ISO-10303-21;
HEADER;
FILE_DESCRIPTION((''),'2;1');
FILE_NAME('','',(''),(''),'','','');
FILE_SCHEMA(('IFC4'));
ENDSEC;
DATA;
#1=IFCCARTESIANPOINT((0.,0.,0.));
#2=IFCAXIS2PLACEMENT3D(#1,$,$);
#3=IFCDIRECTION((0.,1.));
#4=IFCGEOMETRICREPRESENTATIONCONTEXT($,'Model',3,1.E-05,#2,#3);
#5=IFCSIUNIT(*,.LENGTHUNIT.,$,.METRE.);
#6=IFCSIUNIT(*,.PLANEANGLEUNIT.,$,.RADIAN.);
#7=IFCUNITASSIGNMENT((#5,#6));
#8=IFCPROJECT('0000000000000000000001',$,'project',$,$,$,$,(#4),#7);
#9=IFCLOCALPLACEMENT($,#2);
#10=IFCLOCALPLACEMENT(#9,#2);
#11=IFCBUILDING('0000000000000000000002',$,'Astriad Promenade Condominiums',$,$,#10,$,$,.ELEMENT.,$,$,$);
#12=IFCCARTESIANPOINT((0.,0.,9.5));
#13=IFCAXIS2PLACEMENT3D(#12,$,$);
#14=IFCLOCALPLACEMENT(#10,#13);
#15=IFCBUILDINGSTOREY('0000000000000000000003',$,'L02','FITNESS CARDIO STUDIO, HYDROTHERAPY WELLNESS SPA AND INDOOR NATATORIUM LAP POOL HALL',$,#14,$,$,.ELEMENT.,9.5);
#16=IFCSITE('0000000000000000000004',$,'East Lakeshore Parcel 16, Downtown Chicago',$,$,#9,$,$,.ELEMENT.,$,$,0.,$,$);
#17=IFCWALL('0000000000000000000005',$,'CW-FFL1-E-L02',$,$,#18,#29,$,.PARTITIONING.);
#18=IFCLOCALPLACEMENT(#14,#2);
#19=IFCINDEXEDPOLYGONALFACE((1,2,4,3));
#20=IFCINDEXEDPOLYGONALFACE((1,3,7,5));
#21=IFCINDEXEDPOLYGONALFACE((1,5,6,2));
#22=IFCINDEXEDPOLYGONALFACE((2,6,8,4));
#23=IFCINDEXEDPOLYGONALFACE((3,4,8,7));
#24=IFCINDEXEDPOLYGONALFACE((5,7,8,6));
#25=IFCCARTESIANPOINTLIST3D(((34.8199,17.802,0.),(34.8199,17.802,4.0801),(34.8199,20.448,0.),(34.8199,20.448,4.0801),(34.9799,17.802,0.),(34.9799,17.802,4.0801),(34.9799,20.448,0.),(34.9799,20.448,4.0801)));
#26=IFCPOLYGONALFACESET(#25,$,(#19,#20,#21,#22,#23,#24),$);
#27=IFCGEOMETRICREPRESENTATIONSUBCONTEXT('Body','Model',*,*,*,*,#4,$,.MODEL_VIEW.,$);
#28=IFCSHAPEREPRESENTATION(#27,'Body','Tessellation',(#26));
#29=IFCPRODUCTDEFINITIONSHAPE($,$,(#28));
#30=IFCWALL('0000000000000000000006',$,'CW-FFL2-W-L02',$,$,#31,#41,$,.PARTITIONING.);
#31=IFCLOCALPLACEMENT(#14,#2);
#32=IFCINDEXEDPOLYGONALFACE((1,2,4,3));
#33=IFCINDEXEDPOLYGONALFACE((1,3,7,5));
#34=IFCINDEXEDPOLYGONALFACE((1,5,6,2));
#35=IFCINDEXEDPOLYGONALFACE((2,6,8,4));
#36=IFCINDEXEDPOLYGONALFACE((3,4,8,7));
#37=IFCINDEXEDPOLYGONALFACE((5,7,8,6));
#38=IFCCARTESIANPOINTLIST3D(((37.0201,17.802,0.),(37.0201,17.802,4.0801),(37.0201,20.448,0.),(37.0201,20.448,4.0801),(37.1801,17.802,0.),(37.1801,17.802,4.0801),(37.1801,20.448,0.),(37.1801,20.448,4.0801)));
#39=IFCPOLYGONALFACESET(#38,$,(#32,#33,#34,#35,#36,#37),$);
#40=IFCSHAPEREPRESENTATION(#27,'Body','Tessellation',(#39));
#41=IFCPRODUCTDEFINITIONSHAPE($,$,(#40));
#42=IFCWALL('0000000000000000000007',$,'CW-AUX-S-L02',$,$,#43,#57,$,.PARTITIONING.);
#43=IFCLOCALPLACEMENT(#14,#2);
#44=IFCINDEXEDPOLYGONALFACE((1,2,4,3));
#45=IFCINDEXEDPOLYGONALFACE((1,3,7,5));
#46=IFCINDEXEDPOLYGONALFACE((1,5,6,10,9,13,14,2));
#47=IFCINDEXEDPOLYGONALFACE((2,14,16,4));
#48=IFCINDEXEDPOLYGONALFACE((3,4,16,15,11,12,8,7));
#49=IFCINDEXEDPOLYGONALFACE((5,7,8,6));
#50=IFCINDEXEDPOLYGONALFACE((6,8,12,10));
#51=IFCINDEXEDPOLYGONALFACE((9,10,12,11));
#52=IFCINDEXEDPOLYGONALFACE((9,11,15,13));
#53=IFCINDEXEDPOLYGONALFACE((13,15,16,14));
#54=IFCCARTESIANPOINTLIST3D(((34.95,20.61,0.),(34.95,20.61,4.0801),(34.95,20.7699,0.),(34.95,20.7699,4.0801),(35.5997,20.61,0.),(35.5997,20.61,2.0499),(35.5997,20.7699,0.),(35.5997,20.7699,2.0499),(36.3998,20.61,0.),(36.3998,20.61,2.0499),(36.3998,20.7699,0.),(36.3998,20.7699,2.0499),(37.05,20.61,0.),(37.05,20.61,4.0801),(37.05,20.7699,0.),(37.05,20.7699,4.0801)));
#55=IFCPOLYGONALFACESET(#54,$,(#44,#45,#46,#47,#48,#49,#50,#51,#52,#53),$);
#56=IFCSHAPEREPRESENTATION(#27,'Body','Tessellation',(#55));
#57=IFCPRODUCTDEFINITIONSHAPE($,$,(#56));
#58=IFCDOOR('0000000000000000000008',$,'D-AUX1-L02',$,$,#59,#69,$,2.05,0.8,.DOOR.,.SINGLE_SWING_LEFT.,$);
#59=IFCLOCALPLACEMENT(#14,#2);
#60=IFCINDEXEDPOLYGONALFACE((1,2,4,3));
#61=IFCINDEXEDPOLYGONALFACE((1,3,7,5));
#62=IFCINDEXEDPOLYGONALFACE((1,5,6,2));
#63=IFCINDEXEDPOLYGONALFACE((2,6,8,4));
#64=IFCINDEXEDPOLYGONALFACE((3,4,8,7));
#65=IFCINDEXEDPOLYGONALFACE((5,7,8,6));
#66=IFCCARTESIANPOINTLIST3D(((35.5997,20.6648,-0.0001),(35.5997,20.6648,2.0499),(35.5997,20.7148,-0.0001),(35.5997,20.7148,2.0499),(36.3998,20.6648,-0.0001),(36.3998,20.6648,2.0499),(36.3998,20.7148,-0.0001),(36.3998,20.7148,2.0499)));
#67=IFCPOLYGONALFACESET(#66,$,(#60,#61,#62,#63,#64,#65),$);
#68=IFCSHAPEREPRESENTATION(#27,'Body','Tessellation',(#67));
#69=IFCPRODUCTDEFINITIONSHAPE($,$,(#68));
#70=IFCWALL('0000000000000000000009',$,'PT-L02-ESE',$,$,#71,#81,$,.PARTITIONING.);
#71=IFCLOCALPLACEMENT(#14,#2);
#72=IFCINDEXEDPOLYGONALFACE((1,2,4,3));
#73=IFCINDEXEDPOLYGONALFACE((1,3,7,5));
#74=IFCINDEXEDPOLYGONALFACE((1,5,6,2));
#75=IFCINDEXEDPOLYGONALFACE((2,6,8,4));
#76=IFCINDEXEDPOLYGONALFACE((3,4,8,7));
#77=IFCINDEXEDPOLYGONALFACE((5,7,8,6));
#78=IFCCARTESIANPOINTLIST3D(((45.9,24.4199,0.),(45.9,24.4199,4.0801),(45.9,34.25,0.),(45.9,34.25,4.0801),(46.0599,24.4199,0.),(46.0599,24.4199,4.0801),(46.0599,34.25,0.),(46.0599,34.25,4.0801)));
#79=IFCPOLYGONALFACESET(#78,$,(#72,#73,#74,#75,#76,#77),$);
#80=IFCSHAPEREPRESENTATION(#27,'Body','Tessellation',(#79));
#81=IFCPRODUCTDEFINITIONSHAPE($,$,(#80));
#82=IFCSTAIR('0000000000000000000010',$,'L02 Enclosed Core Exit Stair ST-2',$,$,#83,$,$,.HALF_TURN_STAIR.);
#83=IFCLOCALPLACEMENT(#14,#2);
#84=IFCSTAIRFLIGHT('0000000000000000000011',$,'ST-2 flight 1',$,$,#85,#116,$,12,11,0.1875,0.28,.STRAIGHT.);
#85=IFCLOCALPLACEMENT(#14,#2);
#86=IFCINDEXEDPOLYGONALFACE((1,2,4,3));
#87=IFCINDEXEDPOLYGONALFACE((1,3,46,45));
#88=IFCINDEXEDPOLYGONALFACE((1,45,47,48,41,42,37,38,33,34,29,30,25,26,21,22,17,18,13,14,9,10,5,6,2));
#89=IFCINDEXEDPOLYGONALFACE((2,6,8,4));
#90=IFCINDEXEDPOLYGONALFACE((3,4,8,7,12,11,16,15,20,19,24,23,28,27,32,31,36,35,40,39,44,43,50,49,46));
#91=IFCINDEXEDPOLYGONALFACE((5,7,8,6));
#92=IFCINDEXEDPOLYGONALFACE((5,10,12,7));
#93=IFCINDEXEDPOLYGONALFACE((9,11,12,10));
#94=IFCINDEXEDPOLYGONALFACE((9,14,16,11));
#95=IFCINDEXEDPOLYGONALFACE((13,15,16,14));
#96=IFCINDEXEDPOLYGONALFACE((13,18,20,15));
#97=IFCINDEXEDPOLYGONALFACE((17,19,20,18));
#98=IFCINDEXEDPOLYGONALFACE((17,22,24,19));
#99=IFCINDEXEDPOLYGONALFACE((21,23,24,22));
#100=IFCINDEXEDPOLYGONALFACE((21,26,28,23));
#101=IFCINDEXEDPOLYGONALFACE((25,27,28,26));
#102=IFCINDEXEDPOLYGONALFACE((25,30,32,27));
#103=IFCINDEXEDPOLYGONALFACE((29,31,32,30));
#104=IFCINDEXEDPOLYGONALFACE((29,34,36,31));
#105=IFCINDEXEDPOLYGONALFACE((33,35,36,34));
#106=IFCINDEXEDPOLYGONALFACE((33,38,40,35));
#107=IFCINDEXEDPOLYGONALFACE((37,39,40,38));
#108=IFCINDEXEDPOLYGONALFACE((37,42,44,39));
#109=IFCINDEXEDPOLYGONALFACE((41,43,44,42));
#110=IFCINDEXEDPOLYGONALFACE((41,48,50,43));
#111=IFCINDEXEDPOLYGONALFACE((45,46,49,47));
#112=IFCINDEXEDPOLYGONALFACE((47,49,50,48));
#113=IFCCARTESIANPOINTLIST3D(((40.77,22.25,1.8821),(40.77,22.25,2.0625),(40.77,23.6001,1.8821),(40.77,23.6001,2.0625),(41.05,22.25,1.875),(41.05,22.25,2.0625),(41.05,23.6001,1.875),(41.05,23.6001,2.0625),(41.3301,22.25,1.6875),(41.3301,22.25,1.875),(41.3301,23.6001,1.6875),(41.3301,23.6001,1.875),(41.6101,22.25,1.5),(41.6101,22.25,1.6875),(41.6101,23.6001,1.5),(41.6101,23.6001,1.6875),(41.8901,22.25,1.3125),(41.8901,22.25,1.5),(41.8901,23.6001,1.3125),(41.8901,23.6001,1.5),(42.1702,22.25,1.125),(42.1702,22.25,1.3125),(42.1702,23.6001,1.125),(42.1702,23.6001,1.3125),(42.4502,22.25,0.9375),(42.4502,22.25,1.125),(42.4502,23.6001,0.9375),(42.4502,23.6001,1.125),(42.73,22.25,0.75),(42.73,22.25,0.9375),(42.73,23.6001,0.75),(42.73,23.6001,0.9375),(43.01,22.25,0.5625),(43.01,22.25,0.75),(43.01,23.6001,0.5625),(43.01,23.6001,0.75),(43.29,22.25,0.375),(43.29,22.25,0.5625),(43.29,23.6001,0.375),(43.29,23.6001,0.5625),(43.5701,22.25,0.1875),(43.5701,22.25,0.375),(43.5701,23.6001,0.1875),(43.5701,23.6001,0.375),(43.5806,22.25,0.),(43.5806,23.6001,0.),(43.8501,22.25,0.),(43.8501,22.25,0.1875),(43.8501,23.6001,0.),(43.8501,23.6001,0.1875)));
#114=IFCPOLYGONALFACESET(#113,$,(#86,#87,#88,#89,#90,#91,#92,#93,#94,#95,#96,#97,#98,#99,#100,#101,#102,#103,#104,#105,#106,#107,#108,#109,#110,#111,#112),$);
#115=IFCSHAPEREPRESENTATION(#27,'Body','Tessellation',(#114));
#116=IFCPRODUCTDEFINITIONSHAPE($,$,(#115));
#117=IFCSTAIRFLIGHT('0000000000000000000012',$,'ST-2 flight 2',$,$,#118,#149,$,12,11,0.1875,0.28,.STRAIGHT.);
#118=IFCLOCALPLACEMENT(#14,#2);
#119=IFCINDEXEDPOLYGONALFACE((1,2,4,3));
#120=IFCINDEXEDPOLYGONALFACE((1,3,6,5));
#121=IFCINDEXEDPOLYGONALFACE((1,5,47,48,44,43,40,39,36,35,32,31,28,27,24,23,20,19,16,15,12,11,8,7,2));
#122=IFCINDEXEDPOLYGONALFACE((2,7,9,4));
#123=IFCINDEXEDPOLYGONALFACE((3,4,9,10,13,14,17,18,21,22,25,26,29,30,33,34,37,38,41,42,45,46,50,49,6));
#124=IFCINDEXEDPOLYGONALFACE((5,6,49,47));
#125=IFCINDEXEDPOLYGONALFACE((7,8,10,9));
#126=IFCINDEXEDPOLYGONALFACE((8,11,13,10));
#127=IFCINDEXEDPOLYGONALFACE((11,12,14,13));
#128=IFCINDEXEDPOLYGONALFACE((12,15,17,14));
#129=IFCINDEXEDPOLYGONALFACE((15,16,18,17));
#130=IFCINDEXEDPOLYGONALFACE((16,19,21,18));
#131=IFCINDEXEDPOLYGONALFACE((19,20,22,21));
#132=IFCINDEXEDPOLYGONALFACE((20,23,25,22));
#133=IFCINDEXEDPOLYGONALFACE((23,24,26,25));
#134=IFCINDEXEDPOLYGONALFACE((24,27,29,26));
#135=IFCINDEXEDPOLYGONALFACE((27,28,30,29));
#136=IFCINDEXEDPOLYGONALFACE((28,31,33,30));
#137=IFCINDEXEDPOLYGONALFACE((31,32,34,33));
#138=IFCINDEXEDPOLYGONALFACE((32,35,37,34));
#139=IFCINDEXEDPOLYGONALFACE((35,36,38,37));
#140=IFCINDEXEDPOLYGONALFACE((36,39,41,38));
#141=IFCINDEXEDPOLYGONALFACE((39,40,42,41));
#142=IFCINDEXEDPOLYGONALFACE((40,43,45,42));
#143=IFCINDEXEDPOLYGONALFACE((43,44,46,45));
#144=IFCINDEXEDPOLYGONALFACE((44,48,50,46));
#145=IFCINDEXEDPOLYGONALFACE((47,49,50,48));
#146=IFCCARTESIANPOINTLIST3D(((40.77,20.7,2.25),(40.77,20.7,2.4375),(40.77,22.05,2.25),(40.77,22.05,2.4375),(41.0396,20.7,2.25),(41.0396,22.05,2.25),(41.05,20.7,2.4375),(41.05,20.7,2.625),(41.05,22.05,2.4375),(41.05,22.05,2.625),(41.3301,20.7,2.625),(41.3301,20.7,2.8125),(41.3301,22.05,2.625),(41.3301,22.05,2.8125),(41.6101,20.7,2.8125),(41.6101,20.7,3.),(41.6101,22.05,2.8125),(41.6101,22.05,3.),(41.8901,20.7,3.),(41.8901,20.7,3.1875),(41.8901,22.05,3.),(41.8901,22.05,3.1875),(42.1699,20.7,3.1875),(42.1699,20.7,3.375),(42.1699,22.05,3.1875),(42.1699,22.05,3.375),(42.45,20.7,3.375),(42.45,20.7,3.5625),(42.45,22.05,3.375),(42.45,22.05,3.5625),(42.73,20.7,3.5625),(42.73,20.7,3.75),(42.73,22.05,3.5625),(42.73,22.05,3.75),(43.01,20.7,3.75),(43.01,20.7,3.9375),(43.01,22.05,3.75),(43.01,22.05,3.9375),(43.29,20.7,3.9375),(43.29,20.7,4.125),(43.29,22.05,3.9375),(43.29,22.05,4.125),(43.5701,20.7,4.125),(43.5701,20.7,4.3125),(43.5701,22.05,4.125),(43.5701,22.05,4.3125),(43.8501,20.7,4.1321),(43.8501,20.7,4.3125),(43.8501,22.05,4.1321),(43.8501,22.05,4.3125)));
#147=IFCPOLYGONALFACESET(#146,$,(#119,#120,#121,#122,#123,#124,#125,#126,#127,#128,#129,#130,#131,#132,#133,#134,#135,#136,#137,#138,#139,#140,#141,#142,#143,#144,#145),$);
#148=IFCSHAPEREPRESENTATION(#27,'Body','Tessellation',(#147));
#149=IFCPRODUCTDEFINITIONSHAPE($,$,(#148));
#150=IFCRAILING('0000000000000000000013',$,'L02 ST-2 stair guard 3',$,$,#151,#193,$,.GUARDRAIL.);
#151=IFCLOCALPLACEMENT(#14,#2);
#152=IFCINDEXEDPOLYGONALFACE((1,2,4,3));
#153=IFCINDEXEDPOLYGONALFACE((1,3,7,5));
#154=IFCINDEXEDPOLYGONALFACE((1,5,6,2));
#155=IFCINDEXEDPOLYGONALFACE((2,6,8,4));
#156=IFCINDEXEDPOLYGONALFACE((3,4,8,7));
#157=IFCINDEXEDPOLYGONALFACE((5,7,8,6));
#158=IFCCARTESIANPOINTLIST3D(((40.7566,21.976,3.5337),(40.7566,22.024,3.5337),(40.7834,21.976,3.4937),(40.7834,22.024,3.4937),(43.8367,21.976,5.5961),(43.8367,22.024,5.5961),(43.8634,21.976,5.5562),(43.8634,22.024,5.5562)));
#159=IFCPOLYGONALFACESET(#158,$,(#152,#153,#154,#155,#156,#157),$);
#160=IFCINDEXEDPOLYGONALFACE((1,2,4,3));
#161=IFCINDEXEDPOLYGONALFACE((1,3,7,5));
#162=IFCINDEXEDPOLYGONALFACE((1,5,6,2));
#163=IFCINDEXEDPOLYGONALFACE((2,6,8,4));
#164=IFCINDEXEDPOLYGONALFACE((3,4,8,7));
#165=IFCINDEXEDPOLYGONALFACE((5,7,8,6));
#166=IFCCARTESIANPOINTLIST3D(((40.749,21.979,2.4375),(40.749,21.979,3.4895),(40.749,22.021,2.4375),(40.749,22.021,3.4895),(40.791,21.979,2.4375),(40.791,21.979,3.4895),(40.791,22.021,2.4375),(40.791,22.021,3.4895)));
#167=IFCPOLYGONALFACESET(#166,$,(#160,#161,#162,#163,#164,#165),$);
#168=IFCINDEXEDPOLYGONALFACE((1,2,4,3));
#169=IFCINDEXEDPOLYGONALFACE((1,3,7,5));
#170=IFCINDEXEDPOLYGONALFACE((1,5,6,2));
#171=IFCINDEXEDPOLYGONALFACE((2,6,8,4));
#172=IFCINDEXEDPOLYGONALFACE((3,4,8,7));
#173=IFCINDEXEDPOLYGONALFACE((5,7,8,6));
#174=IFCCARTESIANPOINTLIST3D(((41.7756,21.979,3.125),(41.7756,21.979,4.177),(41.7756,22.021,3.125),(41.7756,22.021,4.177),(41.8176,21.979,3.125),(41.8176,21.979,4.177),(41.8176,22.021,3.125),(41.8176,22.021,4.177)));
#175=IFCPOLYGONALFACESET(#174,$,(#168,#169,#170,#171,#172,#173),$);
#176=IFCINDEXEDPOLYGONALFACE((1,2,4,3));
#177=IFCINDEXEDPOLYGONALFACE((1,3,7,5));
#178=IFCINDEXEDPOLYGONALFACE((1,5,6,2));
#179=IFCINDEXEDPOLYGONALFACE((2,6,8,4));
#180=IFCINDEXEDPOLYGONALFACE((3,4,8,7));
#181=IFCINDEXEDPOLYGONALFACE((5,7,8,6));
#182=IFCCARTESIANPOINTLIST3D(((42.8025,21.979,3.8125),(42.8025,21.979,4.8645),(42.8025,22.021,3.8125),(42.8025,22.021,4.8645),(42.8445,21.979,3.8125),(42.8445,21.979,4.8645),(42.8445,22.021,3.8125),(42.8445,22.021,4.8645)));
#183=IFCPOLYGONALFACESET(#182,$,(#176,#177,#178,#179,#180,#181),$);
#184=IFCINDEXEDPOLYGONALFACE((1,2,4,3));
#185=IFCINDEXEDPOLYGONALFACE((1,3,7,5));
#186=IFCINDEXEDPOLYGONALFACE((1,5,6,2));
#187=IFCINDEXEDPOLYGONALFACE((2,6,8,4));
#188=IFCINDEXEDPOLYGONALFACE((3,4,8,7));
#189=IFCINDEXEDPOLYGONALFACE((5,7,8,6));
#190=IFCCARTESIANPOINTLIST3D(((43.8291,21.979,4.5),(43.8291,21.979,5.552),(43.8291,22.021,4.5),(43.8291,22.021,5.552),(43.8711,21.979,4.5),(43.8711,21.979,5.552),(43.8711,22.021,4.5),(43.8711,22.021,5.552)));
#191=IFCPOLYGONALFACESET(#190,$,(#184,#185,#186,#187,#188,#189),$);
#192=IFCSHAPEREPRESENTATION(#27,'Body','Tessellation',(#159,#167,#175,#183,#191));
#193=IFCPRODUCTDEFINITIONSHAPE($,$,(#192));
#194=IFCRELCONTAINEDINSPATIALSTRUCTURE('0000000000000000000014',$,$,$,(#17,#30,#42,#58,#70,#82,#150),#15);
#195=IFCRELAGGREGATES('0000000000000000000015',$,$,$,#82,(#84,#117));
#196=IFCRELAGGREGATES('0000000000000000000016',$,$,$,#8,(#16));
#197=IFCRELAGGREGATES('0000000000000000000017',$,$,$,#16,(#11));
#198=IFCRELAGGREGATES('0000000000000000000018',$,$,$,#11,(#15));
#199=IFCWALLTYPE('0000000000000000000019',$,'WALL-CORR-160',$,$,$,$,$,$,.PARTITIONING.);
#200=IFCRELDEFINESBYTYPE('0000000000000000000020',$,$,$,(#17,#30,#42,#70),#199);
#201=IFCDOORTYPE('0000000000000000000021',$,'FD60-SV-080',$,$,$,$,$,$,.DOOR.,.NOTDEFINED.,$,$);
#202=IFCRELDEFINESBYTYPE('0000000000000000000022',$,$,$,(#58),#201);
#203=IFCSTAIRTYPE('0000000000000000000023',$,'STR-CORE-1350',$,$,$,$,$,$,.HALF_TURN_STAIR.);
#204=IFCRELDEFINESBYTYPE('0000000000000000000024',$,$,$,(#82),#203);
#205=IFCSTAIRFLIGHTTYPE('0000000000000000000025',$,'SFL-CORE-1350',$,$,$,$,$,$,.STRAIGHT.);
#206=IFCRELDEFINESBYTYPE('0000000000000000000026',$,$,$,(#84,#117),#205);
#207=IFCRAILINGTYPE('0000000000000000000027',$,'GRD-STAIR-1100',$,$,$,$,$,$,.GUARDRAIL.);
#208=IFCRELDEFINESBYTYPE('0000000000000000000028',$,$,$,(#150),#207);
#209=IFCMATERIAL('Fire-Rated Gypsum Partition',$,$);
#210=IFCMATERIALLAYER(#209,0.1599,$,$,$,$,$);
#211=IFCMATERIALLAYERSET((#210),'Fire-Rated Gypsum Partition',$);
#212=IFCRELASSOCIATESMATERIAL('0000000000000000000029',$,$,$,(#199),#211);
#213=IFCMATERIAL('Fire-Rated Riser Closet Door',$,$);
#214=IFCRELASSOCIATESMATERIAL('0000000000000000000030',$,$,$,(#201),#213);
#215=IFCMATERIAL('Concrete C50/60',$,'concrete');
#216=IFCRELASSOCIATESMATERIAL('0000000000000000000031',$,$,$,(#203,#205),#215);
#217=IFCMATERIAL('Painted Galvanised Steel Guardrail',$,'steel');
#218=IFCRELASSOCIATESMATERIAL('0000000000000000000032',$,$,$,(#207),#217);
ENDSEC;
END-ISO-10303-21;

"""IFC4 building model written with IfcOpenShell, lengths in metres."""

from ifc_helpers import new_model, si_unit, direction, frame, frame_2d, origin, origin_2d, place, context, subcontext, project, spatial, polyline, rectangle, outline, extrude, source, transform, mapped, material, layer, layer_set, type_object, type_shapes, element, fill, aggregate, save


model = new_model("IFC4")

# Units and contexts
model_context = context("Model", 3, precision=1e-05, world=origin(), true_north=direction((0.0, 1.0)))
body_context = subcontext(model_context, "Body", "Model", "MODEL_VIEW")
ifc_project = project(units=[si_unit("LENGTHUNIT", "METRE"), si_unit("PLANEANGLEUNIT", "RADIAN")], contexts=[model_context])

# Site, building, storey
site_placement = place(None, origin())
site = spatial("IfcSite", under=ifc_project, at=site_placement, Name="East Lakeshore Parcel 16, Downtown Chicago", CompositionType="ELEMENT", RefElevation=0.0)
building_placement = place(site_placement, origin())
building = spatial("IfcBuilding", under=site, at=building_placement, Name="Astriad Promenade Condominiums", CompositionType="ELEMENT")
storey_placement = place(building_placement, frame((0.0, 0.0, 9.5)))
storey = spatial("IfcBuildingStorey", under=building, at=storey_placement, Name="L02", Description="FITNESS CARDIO STUDIO, HYDROTHERAPY WELLNESS SPA AND INDOOR NATATORIUM LAP POOL HALL", CompositionType="ELEMENT", Elevation=9.5)

# Shared definitions
ifc_material_1 = material(Name="Concrete C50/60", Category="concrete")

# Walls
ifc_material_2 = material(Name="Fire-Rated Gypsum Partition")
ifc_layer_1 = layer(ifc_material_2, 0.1599)
ifc_layer_set_1 = layer_set([ifc_layer_1], Name="Fire-Rated Gypsum Partition")
wall_type_1 = type_object("IfcWallType", Name="WALL-CORR-160", PredefinedType="PARTITIONING", material=ifc_layer_set_1)
for number, where, z_axis, x_axis, name in (
    (1, (34.8999, 17.802, 0.0), (0.0, 0.0, 1.0), (0.0, 1.0, 0.0), "CW-FFL1-E-L02"),
    (2, (37.1001, 17.802, 0.0), (0.0, 0.0, 1.0), (0.0, 1.0, 0.0), "CW-FFL2-W-L02"),
):
    element("IfcWall", number, at=place(storey_placement, frame(where, z_axis=z_axis, x_axis=x_axis)), inside=storey, type_object=wall_type_1, Name=name, PredefinedType="PARTITIONING", context=body_context, shape_type="SweptSolid", body=[
        extrude(rectangle(XDim=2.646, YDim=0.1599, at=frame_2d((1.323, 0.0))), origin(), (0.0, 0.0, 1.0), 4.0801),
    ])

# Wall, opening, door
wall_1_placement = place(storey_placement, frame((34.95, 20.6899, 0.0), z_axis=(0.0, 0.0, 1.0), x_axis=(1.0, 0.0, 0.0)))
wall_1 = element("IfcWall", 3, at=wall_1_placement, inside=storey, type_object=wall_type_1, Name="CW-AUX-S-L02", PredefinedType="PARTITIONING", context=body_context, shape_type="SweptSolid", body=[
    extrude(rectangle(XDim=2.1001, YDim=0.1599, at=frame_2d((1.05, 0.0))), origin(), (0.0, 0.0, 1.0), 4.0801),
])
opening_1_placement = place(wall_1_placement, frame((0.6499, 0.0, 0.0)))
opening_1 = element("IfcOpeningElement", 4, at=opening_1_placement, cuts=wall_1, PredefinedType="OPENING", context=body_context, shape_type="SweptSolid", body=[
    extrude(rectangle(XDim=0.8, YDim=2.05, at=frame_2d((0.3999, 1.0249))), frame((0.0, 0.0898, 0.0), z_axis=(0.0, -1.0, 0.0), x_axis=(1.0, 0.0, 0.0)), (0.0, 0.0, 1.0), 0.1799),
])
ifc_material_3 = material(Name="Fire-Rated Riser Closet Door")
door_type_1 = type_object("IfcDoorType", Name="FD60-SV-080", OperationType="NOTDEFINED", PredefinedType="DOOR", material=ifc_material_3)
shared_shape_1 = source(origin(), body_context, "Body", "SweptSolid", [
    extrude(rectangle(XDim=0.8, YDim=2.05, at=frame_2d((0.3999, 1.0249))), frame((0.0, 0.0249, 0.0), z_axis=(0.0, -1.0, 0.0), x_axis=(1.0, 0.0, 0.0)), (0.0, 0.0, 1.0), 0.05),
])
type_shapes(door_type_1, [shared_shape_1])
door_1_placement = place(opening_1_placement, origin())
door_1 = element("IfcDoor", 5, at=door_1_placement, inside=storey, type_object=door_type_1, Name="D-AUX1-L02", OperationType="SINGLE_SWING_LEFT", OverallHeight=2.05, OverallWidth=0.8, PredefinedType="DOOR", context=body_context, shape_type="MappedRepresentation", body=[
    mapped(shared_shape_1, transform((0.0, 0.0, 0.0), scale=1.0)),
])
fill(opening_1, door_1)

# Wall
wall_2_placement = place(storey_placement, frame((45.98, 24.4199, 0.0), z_axis=(0.0, 0.0, 1.0), x_axis=(0.0, 1.0, 0.0)))
element("IfcWall", 6, at=wall_2_placement, inside=storey, type_object=wall_type_1, Name="PT-L02-ESE", PredefinedType="PARTITIONING", context=body_context, shape_type="SweptSolid", body=[
    extrude(rectangle(XDim=9.8301, YDim=0.1599, at=frame_2d((4.915, 0.0))), origin(), (0.0, 0.0, 1.0), 4.0801),
])

# Stair, stair flights
stair_type = type_object("IfcStairType", Name="STR-CORE-1350", PredefinedType="HALF_TURN_STAIR", material=ifc_material_1)
stair_placement = place(storey_placement, origin())
stair = element("IfcStair", 7, at=stair_placement, inside=storey, type_object=stair_type, Name="L02 Enclosed Core Exit Stair ST-2", PredefinedType="HALF_TURN_STAIR")
stair_flight_type = type_object("IfcStairFlightType", Name="SFL-CORE-1350", PredefinedType="STRAIGHT", material=ifc_material_1)
shared_shape_2 = source(origin(), body_context, "Body", "SweptSolid", [
    extrude(outline(polyline([(0.0, 0.0), (0.0, 0.1875), (0.28, 0.1875), (0.28, 0.375), (0.5601, 0.375), (0.5601, 0.5625), (0.8401, 0.5625), (0.8401, 0.75), (1.1201, 0.75), (1.1201, 0.9375), (1.3999, 0.9375), (1.3999, 1.125), (1.6799, 1.125), (1.6799, 1.3125), (1.96, 1.3125), (1.96, 1.5), (2.24, 1.5), (2.24, 1.6875), (2.52, 1.6875), (2.52, 1.875), (2.8, 1.875), (2.8, 2.0625), (3.0801, 2.0625), (3.0801, 2.25), (3.0801, 1.8821), (0.2695, 0.0), (0.0, 0.0)])), frame((0.0, 0.675, 0.0), z_axis=(0.0, -1.0, 0.0), x_axis=(1.0, 0.0, 0.0)), (0.0, 0.0, 1.0), 1.3501),
])
type_shapes(stair_flight_type, [shared_shape_2])
stair_flight_1_placement = place(storey_placement, frame((43.8501, 22.925, 0.0), z_axis=(0.0, 0.0, 1.0), x_axis=(-1.0, 0.0, 0.0)))
stair_flight_1 = element("IfcStairFlight", 8, at=stair_flight_1_placement, type_object=stair_flight_type, Name="ST-2 flight 1", NumberOfRisers=12, NumberOfTreads=11, PredefinedType="STRAIGHT", RiserHeight=0.1875, TreadLength=0.28, context=body_context, shape_type="MappedRepresentation", body=[
    mapped(shared_shape_2, transform((0.0, 0.0, 0.0), scale=1.0)),
])
stair_flight_2_placement = place(storey_placement, frame((40.77, 21.375, 2.25), z_axis=(0.0, 0.0, 1.0), x_axis=(1.0, 0.0, 0.0)))
stair_flight_2 = element("IfcStairFlight", 9, at=stair_flight_2_placement, type_object=stair_flight_type, Name="ST-2 flight 2", NumberOfRisers=12, NumberOfTreads=11, PredefinedType="STRAIGHT", RiserHeight=0.1875, TreadLength=0.28, context=body_context, shape_type="MappedRepresentation", body=[
    mapped(shared_shape_2, transform((0.0, 0.0, 0.0), scale=1.0)),
])
aggregate(stair, [stair_flight_1, stair_flight_2])

# Railing
ifc_material_4 = material(Name="Painted Galvanised Steel Guardrail", Category="steel")
railing_type_1 = type_object("IfcRailingType", Name="GRD-STAIR-1100", PredefinedType="GUARDRAIL", material=ifc_material_4)
shared_shape_3 = source(origin(), body_context, "Body", "SweptSolid", [
    extrude(rectangle(XDim=0.0481, YDim=0.0481, at=origin_2d()), frame((0.0, 0.0, 1.0762), z_axis=(0.830914, 0.0, 0.556401), x_axis=(0.0, 1.0, 0.0)), (0.0, 0.0, 1.0), 3.7068),
    extrude(rectangle(XDim=0.042, YDim=0.042, at=origin_2d()), origin(), (0.0, 0.0, 1.0), 1.052),
    extrude(rectangle(XDim=0.042, YDim=0.042, at=origin_2d()), frame((1.0266, 0.0, 0.6875)), (0.0, 0.0, 1.0), 1.052),
    extrude(rectangle(XDim=0.042, YDim=0.042, at=origin_2d()), frame((2.0535, 0.0, 1.375)), (0.0, 0.0, 1.0), 1.052),
    extrude(rectangle(XDim=0.042, YDim=0.042, at=origin_2d()), frame((3.0801, 0.0, 2.0625)), (0.0, 0.0, 1.0), 1.052),
])
railing_1_placement = place(storey_placement, frame((40.77, 22.0, 2.4375)))
element("IfcRailing", 10, at=railing_1_placement, inside=storey, type_object=railing_type_1, Name="L02 ST-2 stair guard 3", PredefinedType="GUARDRAIL", context=body_context, shape_type="MappedRepresentation", body=[
    mapped(shared_shape_3, transform((0.0, 0.0, 0.0), scale=1.0)),
])

save(model, "model.ifc")
